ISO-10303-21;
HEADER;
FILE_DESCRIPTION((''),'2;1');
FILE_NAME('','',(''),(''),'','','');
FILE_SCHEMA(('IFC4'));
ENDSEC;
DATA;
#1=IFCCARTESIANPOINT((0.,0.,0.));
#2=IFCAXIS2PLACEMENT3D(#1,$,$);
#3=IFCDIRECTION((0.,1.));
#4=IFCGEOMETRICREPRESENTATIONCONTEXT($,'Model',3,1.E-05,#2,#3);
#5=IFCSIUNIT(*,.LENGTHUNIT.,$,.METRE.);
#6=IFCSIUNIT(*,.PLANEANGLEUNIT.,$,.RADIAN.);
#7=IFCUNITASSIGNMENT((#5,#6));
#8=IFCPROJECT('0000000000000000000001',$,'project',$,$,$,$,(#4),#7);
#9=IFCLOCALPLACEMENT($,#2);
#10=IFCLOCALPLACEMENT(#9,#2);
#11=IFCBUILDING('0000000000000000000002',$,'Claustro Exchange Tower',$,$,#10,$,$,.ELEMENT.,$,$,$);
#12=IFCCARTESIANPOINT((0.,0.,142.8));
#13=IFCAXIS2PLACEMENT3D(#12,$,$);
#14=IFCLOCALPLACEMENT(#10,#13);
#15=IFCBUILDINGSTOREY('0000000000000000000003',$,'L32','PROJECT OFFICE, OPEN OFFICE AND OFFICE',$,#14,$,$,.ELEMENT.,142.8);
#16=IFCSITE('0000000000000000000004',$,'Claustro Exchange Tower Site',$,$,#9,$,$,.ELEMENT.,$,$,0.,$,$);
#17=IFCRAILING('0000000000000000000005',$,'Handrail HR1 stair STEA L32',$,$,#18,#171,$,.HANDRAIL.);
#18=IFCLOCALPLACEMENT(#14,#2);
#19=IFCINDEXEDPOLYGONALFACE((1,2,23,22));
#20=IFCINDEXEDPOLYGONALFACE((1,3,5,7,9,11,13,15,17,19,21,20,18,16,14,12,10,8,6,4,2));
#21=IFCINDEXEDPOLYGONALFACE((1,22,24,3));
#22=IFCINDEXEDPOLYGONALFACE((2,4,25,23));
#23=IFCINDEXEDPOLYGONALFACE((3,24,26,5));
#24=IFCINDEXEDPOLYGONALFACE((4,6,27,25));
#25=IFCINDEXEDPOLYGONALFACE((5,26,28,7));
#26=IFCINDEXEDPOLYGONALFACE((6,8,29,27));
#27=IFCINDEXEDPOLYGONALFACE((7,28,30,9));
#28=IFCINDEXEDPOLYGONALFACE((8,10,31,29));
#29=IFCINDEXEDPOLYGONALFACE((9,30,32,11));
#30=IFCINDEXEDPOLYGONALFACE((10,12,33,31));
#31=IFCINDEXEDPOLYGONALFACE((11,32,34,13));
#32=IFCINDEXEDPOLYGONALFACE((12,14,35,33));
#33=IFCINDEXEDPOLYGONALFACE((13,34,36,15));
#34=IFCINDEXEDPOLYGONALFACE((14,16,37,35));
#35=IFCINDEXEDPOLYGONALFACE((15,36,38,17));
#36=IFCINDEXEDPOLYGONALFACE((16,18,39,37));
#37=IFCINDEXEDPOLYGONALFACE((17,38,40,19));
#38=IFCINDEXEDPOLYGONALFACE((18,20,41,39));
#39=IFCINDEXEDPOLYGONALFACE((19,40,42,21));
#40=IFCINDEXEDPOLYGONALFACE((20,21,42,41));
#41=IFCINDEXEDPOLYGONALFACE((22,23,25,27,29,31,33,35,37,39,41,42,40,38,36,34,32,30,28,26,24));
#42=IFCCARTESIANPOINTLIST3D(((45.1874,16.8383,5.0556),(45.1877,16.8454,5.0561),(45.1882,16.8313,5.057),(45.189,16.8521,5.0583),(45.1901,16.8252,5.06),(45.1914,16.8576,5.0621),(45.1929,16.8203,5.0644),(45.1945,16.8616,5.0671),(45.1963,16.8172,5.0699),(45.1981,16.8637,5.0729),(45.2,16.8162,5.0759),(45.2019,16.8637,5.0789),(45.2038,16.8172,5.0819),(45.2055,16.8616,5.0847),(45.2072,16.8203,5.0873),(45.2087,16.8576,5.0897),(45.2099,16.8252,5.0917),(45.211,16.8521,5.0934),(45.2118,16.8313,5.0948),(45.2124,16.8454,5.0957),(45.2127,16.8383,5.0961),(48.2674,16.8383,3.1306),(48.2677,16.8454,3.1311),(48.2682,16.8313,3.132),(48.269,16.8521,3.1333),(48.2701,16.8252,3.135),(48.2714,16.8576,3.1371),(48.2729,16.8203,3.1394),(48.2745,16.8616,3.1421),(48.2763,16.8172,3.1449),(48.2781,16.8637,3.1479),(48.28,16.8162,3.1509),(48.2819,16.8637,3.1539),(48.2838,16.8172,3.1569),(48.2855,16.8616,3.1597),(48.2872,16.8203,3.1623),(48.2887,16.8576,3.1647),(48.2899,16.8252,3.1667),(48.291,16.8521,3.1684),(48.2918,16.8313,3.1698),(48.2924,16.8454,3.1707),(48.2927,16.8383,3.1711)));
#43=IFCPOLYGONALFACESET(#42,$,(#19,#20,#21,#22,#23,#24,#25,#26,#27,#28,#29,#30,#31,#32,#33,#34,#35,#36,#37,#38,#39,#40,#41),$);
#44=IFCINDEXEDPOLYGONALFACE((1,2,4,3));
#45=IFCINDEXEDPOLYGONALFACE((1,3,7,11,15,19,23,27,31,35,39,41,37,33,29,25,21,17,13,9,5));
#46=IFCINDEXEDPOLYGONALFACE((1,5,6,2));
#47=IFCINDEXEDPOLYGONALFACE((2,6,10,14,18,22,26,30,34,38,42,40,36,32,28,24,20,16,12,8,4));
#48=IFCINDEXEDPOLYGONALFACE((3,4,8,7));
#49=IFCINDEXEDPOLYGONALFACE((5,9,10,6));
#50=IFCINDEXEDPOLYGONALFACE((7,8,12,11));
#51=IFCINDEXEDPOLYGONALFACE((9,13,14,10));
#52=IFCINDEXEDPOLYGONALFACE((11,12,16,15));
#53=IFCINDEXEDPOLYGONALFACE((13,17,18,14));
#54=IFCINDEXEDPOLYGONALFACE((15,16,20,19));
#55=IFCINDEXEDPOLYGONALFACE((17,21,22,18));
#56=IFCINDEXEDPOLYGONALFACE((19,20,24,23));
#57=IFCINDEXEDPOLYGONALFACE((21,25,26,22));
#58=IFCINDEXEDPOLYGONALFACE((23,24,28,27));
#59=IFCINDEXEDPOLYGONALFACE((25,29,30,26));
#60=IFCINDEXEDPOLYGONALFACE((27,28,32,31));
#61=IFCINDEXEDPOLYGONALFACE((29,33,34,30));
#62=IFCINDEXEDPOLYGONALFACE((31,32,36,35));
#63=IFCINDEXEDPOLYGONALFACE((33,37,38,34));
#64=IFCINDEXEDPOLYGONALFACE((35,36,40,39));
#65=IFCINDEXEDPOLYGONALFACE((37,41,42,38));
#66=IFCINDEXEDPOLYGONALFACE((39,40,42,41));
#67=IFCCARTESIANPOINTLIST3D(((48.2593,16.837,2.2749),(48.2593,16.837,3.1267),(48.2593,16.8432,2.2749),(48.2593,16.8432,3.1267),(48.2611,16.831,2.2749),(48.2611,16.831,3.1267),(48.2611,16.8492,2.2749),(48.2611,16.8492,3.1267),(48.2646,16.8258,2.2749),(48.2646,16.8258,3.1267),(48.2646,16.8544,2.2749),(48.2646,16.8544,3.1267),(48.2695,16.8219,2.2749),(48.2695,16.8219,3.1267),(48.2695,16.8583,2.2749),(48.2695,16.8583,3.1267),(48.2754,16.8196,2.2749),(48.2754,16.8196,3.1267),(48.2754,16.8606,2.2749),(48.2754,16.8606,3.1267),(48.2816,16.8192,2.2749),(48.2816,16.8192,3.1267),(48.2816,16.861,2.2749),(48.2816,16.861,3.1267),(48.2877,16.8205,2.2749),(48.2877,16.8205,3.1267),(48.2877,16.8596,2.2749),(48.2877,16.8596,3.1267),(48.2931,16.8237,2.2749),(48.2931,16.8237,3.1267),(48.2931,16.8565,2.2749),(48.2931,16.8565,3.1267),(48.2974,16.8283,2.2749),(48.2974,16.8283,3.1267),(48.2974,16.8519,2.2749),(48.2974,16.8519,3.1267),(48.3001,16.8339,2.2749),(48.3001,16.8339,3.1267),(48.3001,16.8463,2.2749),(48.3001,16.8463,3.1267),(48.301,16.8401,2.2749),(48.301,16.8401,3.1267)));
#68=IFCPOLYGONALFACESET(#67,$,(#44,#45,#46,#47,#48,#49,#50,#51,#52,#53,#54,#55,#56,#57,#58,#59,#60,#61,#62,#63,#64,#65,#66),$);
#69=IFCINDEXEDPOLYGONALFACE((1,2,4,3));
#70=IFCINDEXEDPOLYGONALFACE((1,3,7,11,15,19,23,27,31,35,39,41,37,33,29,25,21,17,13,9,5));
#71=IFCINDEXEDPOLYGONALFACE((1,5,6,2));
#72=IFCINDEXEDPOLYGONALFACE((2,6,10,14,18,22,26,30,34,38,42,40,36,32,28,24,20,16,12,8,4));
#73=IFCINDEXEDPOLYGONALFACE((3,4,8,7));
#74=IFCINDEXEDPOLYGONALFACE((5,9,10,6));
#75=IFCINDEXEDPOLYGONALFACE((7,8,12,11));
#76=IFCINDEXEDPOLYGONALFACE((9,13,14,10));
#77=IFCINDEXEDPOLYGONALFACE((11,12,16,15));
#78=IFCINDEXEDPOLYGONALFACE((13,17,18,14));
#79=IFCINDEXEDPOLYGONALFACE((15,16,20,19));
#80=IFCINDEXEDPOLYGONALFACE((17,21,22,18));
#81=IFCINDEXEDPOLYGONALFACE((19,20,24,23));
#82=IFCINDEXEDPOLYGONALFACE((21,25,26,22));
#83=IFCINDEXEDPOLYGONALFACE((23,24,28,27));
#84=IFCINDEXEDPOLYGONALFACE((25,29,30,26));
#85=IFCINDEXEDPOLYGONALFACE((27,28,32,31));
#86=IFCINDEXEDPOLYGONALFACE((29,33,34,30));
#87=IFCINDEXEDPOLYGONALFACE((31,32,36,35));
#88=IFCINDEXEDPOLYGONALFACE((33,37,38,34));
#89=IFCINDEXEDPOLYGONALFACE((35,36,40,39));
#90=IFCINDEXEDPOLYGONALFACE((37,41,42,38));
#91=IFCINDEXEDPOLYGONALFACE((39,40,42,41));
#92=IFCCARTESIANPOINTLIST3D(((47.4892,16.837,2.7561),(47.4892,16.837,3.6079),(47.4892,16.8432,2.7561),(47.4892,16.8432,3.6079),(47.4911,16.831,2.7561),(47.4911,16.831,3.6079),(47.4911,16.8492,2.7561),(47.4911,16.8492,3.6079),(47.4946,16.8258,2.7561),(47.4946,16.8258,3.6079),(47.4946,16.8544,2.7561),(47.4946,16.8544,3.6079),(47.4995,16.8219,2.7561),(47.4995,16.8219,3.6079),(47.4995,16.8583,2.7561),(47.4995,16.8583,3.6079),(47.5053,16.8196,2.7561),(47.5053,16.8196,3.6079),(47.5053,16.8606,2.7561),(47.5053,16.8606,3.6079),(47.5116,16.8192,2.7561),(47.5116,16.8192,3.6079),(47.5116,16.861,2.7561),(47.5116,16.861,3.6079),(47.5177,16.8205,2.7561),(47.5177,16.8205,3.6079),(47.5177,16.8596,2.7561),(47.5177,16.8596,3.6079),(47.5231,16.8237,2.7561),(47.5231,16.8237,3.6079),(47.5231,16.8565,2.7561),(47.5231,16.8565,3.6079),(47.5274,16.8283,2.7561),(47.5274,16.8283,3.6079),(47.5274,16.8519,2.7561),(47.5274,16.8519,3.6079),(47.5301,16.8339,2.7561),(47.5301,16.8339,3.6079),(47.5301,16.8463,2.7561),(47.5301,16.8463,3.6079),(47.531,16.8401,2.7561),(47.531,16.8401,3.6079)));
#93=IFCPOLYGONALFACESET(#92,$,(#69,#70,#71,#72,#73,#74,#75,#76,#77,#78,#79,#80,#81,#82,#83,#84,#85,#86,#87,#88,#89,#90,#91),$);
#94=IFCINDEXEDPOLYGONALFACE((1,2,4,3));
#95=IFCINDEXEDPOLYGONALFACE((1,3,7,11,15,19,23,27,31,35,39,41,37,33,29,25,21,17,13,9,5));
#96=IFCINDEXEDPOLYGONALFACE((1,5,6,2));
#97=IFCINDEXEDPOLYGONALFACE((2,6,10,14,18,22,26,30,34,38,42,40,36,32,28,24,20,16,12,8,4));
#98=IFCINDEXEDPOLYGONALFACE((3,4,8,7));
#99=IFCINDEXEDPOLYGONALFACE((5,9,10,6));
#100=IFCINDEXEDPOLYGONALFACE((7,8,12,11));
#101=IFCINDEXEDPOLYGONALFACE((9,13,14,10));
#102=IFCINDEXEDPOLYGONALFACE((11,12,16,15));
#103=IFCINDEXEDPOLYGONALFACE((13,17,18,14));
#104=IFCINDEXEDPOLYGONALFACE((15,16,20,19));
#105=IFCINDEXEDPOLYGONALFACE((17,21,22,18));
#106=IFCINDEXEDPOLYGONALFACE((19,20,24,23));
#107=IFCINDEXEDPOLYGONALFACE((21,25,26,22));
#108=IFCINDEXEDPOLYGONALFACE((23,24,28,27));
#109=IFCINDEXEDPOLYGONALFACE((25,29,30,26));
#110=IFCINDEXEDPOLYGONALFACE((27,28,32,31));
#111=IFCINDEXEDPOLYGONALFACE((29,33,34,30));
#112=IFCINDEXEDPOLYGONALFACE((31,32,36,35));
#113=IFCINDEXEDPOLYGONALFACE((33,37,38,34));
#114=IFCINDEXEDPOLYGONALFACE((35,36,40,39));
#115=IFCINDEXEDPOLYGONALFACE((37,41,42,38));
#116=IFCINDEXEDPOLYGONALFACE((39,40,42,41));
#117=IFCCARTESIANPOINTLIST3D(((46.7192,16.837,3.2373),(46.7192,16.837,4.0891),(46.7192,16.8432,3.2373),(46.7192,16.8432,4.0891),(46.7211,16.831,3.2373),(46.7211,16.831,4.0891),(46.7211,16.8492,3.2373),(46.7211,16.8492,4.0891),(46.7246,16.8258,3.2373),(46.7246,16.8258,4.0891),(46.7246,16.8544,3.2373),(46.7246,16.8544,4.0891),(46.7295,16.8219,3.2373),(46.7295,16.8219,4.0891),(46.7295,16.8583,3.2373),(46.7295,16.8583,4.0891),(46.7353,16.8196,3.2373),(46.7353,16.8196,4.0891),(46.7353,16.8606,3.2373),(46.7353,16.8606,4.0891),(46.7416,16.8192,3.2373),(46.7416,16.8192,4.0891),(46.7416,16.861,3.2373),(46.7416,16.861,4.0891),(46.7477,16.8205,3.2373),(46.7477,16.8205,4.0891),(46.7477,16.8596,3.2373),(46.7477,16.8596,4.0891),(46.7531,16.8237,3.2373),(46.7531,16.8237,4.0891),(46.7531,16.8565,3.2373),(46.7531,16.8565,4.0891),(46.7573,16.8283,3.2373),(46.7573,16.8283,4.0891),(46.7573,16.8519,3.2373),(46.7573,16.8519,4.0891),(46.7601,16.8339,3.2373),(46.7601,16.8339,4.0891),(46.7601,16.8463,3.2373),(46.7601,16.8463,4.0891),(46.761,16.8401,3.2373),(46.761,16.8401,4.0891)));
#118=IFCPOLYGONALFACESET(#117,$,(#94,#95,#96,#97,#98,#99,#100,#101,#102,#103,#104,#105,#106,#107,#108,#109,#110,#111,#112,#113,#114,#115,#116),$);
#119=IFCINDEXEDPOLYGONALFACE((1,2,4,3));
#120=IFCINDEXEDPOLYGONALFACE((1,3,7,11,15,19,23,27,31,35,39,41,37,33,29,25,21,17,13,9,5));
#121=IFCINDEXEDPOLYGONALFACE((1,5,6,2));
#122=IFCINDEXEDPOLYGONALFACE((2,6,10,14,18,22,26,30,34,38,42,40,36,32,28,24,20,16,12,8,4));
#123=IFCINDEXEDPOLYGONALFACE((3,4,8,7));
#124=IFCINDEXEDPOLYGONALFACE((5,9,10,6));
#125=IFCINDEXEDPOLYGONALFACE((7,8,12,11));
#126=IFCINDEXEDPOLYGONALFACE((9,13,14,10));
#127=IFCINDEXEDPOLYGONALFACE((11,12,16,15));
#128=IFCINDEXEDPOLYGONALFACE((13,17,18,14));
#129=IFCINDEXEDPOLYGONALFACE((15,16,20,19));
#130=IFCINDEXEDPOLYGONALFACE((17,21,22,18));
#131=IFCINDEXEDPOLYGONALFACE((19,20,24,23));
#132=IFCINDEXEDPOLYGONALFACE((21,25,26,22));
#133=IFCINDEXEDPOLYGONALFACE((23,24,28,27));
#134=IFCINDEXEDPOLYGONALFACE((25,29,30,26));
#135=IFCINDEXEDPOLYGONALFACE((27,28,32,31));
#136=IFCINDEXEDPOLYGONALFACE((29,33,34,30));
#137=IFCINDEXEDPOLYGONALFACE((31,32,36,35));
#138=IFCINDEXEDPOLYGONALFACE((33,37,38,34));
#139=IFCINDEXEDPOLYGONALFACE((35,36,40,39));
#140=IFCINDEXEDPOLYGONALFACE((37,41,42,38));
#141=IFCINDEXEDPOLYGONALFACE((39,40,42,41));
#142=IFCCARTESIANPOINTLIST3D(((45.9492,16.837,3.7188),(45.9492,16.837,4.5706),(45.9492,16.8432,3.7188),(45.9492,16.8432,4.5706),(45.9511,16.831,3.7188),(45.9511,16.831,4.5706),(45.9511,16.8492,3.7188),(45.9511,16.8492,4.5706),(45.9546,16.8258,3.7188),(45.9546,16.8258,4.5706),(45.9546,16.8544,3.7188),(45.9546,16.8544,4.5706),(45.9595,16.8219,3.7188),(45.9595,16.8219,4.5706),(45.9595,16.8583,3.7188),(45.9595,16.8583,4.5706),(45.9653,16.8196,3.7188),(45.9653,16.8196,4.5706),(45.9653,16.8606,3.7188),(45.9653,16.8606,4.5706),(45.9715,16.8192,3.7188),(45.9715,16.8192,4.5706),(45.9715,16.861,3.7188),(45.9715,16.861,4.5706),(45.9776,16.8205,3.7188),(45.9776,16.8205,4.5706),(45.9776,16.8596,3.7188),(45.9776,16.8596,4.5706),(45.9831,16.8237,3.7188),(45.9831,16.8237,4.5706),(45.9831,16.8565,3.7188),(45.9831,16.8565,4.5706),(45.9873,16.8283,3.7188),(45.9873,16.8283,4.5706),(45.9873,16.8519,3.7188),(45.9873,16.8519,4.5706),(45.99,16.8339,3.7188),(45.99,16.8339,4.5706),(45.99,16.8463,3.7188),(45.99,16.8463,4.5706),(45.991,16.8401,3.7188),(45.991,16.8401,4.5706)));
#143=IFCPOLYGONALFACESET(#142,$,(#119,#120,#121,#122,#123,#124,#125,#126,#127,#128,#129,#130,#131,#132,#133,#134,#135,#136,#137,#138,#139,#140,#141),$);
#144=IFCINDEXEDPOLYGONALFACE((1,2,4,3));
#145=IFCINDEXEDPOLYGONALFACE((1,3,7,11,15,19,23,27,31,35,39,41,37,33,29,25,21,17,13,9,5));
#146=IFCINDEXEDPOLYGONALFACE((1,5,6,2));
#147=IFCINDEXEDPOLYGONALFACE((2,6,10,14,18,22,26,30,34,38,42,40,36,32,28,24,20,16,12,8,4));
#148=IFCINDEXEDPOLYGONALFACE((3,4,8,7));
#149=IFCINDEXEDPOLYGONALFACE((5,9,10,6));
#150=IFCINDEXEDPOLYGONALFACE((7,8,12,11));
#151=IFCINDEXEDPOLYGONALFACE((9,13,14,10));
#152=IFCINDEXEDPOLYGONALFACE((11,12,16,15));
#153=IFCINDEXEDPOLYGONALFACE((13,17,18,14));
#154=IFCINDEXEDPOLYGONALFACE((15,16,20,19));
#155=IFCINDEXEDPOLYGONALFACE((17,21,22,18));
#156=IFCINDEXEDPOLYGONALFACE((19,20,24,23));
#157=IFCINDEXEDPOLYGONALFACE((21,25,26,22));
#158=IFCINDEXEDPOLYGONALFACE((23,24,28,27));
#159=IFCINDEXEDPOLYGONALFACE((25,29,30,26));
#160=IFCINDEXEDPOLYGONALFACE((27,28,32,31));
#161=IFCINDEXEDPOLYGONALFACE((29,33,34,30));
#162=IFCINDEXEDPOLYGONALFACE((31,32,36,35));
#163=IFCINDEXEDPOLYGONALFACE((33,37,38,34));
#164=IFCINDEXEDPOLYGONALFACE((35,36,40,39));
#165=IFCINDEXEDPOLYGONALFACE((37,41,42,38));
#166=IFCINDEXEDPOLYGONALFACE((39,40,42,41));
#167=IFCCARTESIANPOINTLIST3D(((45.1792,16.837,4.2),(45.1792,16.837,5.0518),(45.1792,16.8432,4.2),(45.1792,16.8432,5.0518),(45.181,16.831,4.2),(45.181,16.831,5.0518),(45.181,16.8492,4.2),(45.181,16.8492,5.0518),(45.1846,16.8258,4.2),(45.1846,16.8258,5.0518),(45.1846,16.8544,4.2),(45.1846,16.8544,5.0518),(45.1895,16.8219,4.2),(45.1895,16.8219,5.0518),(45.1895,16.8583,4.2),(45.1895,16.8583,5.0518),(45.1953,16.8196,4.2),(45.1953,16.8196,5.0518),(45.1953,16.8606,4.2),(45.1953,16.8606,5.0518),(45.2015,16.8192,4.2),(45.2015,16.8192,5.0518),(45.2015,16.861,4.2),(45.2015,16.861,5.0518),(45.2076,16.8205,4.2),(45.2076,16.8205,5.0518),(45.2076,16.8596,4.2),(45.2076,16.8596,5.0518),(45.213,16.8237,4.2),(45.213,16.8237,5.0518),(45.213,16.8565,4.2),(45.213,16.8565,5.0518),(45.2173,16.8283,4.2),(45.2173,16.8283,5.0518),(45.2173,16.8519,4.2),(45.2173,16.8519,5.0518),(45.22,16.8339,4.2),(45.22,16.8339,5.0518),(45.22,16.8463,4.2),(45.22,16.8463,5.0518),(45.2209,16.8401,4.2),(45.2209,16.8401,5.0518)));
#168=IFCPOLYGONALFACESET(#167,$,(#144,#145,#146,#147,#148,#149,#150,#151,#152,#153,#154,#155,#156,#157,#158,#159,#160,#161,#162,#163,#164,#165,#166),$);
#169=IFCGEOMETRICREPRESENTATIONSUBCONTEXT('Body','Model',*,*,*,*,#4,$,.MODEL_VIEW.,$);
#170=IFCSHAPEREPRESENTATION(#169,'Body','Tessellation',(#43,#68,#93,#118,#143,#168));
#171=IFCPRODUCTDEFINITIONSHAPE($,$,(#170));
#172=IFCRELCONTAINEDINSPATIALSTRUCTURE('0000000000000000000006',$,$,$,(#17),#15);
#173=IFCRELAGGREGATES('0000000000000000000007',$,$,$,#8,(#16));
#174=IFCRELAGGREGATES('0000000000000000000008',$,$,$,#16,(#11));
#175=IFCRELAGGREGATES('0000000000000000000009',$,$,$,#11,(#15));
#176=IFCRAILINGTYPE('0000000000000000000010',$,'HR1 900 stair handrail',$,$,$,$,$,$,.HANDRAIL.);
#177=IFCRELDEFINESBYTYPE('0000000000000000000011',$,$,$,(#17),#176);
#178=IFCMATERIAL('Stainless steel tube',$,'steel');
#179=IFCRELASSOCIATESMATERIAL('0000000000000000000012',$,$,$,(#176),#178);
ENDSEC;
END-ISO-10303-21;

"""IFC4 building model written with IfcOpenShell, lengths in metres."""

from ifc_helpers import new_model, si_unit, direction, frame, origin, origin_2d, place, context, subcontext, project, spatial, circle, extrude, material, type_object, element, save


model = new_model("IFC4")

# Units and contexts
model_context = context("Model", 3, precision=1e-05, world=origin(), true_north=direction((0.0, 1.0)))
body_context = subcontext(model_context, "Body", "Model", "MODEL_VIEW")
ifc_project = project(units=[si_unit("LENGTHUNIT", "METRE"), si_unit("PLANEANGLEUNIT", "RADIAN")], contexts=[model_context])

# Site, building, storey
site_placement = place(None, origin())
site = spatial("IfcSite", under=ifc_project, at=site_placement, Name="Claustro Exchange Tower Site", CompositionType="ELEMENT", RefElevation=0.0)
building_placement = place(site_placement, origin())
building = spatial("IfcBuilding", under=site, at=building_placement, Name="Claustro Exchange Tower", CompositionType="ELEMENT")
storey_placement = place(building_placement, frame((0.0, 0.0, 142.8)))
storey = spatial("IfcBuildingStorey", under=building, at=storey_placement, Name="L32", Description="PROJECT OFFICE, OPEN OFFICE AND OFFICE", CompositionType="ELEMENT", Elevation=142.8)

# Railing
ifc_material_1 = material(Name="Stainless steel tube", Category="steel")
railing_type_1 = type_object("IfcRailingType", Name="HR1 900 stair handrail", PredefinedType="HANDRAIL", material=ifc_material_1)
railing_1_placement = place(storey_placement, frame((48.28, 16.8401, 2.2749)))
element("IfcRailing", 1, at=railing_1_placement, inside=storey, type_object=railing_type_1, Name="Handrail HR1 stair STEA L32", PredefinedType="HANDRAIL", context=body_context, shape_type="SweptSolid", body=[
    extrude(circle(Radius=0.0239, at=origin_2d()), frame((0.0, 0.0, 0.876), z_axis=(-0.847998, 0.0, 0.529999), x_axis=(0.0, -1.0, 0.0)), (0.0, 0.0, 1.0), 3.6321),
    extrude(circle(Radius=0.021, at=origin_2d()), origin(), (0.0, 0.0, 1.0), 0.8518),
    extrude(circle(Radius=0.021, at=origin_2d()), frame((-0.77, 0.0, 0.4812)), (0.0, 0.0, 1.0), 0.8518),
    extrude(circle(Radius=0.021, at=origin_2d()), frame((-1.54, 0.0, 0.9624)), (0.0, 0.0, 1.0), 0.8518),
    extrude(circle(Radius=0.021, at=origin_2d()), frame((-2.3101, 0.0, 1.4438)), (0.0, 0.0, 1.0), 0.8518),
    extrude(circle(Radius=0.021, at=origin_2d()), frame((-3.0801, 0.0, 1.925)), (0.0, 0.0, 1.0), 0.8518),
])

save(model, "model.ifc")
